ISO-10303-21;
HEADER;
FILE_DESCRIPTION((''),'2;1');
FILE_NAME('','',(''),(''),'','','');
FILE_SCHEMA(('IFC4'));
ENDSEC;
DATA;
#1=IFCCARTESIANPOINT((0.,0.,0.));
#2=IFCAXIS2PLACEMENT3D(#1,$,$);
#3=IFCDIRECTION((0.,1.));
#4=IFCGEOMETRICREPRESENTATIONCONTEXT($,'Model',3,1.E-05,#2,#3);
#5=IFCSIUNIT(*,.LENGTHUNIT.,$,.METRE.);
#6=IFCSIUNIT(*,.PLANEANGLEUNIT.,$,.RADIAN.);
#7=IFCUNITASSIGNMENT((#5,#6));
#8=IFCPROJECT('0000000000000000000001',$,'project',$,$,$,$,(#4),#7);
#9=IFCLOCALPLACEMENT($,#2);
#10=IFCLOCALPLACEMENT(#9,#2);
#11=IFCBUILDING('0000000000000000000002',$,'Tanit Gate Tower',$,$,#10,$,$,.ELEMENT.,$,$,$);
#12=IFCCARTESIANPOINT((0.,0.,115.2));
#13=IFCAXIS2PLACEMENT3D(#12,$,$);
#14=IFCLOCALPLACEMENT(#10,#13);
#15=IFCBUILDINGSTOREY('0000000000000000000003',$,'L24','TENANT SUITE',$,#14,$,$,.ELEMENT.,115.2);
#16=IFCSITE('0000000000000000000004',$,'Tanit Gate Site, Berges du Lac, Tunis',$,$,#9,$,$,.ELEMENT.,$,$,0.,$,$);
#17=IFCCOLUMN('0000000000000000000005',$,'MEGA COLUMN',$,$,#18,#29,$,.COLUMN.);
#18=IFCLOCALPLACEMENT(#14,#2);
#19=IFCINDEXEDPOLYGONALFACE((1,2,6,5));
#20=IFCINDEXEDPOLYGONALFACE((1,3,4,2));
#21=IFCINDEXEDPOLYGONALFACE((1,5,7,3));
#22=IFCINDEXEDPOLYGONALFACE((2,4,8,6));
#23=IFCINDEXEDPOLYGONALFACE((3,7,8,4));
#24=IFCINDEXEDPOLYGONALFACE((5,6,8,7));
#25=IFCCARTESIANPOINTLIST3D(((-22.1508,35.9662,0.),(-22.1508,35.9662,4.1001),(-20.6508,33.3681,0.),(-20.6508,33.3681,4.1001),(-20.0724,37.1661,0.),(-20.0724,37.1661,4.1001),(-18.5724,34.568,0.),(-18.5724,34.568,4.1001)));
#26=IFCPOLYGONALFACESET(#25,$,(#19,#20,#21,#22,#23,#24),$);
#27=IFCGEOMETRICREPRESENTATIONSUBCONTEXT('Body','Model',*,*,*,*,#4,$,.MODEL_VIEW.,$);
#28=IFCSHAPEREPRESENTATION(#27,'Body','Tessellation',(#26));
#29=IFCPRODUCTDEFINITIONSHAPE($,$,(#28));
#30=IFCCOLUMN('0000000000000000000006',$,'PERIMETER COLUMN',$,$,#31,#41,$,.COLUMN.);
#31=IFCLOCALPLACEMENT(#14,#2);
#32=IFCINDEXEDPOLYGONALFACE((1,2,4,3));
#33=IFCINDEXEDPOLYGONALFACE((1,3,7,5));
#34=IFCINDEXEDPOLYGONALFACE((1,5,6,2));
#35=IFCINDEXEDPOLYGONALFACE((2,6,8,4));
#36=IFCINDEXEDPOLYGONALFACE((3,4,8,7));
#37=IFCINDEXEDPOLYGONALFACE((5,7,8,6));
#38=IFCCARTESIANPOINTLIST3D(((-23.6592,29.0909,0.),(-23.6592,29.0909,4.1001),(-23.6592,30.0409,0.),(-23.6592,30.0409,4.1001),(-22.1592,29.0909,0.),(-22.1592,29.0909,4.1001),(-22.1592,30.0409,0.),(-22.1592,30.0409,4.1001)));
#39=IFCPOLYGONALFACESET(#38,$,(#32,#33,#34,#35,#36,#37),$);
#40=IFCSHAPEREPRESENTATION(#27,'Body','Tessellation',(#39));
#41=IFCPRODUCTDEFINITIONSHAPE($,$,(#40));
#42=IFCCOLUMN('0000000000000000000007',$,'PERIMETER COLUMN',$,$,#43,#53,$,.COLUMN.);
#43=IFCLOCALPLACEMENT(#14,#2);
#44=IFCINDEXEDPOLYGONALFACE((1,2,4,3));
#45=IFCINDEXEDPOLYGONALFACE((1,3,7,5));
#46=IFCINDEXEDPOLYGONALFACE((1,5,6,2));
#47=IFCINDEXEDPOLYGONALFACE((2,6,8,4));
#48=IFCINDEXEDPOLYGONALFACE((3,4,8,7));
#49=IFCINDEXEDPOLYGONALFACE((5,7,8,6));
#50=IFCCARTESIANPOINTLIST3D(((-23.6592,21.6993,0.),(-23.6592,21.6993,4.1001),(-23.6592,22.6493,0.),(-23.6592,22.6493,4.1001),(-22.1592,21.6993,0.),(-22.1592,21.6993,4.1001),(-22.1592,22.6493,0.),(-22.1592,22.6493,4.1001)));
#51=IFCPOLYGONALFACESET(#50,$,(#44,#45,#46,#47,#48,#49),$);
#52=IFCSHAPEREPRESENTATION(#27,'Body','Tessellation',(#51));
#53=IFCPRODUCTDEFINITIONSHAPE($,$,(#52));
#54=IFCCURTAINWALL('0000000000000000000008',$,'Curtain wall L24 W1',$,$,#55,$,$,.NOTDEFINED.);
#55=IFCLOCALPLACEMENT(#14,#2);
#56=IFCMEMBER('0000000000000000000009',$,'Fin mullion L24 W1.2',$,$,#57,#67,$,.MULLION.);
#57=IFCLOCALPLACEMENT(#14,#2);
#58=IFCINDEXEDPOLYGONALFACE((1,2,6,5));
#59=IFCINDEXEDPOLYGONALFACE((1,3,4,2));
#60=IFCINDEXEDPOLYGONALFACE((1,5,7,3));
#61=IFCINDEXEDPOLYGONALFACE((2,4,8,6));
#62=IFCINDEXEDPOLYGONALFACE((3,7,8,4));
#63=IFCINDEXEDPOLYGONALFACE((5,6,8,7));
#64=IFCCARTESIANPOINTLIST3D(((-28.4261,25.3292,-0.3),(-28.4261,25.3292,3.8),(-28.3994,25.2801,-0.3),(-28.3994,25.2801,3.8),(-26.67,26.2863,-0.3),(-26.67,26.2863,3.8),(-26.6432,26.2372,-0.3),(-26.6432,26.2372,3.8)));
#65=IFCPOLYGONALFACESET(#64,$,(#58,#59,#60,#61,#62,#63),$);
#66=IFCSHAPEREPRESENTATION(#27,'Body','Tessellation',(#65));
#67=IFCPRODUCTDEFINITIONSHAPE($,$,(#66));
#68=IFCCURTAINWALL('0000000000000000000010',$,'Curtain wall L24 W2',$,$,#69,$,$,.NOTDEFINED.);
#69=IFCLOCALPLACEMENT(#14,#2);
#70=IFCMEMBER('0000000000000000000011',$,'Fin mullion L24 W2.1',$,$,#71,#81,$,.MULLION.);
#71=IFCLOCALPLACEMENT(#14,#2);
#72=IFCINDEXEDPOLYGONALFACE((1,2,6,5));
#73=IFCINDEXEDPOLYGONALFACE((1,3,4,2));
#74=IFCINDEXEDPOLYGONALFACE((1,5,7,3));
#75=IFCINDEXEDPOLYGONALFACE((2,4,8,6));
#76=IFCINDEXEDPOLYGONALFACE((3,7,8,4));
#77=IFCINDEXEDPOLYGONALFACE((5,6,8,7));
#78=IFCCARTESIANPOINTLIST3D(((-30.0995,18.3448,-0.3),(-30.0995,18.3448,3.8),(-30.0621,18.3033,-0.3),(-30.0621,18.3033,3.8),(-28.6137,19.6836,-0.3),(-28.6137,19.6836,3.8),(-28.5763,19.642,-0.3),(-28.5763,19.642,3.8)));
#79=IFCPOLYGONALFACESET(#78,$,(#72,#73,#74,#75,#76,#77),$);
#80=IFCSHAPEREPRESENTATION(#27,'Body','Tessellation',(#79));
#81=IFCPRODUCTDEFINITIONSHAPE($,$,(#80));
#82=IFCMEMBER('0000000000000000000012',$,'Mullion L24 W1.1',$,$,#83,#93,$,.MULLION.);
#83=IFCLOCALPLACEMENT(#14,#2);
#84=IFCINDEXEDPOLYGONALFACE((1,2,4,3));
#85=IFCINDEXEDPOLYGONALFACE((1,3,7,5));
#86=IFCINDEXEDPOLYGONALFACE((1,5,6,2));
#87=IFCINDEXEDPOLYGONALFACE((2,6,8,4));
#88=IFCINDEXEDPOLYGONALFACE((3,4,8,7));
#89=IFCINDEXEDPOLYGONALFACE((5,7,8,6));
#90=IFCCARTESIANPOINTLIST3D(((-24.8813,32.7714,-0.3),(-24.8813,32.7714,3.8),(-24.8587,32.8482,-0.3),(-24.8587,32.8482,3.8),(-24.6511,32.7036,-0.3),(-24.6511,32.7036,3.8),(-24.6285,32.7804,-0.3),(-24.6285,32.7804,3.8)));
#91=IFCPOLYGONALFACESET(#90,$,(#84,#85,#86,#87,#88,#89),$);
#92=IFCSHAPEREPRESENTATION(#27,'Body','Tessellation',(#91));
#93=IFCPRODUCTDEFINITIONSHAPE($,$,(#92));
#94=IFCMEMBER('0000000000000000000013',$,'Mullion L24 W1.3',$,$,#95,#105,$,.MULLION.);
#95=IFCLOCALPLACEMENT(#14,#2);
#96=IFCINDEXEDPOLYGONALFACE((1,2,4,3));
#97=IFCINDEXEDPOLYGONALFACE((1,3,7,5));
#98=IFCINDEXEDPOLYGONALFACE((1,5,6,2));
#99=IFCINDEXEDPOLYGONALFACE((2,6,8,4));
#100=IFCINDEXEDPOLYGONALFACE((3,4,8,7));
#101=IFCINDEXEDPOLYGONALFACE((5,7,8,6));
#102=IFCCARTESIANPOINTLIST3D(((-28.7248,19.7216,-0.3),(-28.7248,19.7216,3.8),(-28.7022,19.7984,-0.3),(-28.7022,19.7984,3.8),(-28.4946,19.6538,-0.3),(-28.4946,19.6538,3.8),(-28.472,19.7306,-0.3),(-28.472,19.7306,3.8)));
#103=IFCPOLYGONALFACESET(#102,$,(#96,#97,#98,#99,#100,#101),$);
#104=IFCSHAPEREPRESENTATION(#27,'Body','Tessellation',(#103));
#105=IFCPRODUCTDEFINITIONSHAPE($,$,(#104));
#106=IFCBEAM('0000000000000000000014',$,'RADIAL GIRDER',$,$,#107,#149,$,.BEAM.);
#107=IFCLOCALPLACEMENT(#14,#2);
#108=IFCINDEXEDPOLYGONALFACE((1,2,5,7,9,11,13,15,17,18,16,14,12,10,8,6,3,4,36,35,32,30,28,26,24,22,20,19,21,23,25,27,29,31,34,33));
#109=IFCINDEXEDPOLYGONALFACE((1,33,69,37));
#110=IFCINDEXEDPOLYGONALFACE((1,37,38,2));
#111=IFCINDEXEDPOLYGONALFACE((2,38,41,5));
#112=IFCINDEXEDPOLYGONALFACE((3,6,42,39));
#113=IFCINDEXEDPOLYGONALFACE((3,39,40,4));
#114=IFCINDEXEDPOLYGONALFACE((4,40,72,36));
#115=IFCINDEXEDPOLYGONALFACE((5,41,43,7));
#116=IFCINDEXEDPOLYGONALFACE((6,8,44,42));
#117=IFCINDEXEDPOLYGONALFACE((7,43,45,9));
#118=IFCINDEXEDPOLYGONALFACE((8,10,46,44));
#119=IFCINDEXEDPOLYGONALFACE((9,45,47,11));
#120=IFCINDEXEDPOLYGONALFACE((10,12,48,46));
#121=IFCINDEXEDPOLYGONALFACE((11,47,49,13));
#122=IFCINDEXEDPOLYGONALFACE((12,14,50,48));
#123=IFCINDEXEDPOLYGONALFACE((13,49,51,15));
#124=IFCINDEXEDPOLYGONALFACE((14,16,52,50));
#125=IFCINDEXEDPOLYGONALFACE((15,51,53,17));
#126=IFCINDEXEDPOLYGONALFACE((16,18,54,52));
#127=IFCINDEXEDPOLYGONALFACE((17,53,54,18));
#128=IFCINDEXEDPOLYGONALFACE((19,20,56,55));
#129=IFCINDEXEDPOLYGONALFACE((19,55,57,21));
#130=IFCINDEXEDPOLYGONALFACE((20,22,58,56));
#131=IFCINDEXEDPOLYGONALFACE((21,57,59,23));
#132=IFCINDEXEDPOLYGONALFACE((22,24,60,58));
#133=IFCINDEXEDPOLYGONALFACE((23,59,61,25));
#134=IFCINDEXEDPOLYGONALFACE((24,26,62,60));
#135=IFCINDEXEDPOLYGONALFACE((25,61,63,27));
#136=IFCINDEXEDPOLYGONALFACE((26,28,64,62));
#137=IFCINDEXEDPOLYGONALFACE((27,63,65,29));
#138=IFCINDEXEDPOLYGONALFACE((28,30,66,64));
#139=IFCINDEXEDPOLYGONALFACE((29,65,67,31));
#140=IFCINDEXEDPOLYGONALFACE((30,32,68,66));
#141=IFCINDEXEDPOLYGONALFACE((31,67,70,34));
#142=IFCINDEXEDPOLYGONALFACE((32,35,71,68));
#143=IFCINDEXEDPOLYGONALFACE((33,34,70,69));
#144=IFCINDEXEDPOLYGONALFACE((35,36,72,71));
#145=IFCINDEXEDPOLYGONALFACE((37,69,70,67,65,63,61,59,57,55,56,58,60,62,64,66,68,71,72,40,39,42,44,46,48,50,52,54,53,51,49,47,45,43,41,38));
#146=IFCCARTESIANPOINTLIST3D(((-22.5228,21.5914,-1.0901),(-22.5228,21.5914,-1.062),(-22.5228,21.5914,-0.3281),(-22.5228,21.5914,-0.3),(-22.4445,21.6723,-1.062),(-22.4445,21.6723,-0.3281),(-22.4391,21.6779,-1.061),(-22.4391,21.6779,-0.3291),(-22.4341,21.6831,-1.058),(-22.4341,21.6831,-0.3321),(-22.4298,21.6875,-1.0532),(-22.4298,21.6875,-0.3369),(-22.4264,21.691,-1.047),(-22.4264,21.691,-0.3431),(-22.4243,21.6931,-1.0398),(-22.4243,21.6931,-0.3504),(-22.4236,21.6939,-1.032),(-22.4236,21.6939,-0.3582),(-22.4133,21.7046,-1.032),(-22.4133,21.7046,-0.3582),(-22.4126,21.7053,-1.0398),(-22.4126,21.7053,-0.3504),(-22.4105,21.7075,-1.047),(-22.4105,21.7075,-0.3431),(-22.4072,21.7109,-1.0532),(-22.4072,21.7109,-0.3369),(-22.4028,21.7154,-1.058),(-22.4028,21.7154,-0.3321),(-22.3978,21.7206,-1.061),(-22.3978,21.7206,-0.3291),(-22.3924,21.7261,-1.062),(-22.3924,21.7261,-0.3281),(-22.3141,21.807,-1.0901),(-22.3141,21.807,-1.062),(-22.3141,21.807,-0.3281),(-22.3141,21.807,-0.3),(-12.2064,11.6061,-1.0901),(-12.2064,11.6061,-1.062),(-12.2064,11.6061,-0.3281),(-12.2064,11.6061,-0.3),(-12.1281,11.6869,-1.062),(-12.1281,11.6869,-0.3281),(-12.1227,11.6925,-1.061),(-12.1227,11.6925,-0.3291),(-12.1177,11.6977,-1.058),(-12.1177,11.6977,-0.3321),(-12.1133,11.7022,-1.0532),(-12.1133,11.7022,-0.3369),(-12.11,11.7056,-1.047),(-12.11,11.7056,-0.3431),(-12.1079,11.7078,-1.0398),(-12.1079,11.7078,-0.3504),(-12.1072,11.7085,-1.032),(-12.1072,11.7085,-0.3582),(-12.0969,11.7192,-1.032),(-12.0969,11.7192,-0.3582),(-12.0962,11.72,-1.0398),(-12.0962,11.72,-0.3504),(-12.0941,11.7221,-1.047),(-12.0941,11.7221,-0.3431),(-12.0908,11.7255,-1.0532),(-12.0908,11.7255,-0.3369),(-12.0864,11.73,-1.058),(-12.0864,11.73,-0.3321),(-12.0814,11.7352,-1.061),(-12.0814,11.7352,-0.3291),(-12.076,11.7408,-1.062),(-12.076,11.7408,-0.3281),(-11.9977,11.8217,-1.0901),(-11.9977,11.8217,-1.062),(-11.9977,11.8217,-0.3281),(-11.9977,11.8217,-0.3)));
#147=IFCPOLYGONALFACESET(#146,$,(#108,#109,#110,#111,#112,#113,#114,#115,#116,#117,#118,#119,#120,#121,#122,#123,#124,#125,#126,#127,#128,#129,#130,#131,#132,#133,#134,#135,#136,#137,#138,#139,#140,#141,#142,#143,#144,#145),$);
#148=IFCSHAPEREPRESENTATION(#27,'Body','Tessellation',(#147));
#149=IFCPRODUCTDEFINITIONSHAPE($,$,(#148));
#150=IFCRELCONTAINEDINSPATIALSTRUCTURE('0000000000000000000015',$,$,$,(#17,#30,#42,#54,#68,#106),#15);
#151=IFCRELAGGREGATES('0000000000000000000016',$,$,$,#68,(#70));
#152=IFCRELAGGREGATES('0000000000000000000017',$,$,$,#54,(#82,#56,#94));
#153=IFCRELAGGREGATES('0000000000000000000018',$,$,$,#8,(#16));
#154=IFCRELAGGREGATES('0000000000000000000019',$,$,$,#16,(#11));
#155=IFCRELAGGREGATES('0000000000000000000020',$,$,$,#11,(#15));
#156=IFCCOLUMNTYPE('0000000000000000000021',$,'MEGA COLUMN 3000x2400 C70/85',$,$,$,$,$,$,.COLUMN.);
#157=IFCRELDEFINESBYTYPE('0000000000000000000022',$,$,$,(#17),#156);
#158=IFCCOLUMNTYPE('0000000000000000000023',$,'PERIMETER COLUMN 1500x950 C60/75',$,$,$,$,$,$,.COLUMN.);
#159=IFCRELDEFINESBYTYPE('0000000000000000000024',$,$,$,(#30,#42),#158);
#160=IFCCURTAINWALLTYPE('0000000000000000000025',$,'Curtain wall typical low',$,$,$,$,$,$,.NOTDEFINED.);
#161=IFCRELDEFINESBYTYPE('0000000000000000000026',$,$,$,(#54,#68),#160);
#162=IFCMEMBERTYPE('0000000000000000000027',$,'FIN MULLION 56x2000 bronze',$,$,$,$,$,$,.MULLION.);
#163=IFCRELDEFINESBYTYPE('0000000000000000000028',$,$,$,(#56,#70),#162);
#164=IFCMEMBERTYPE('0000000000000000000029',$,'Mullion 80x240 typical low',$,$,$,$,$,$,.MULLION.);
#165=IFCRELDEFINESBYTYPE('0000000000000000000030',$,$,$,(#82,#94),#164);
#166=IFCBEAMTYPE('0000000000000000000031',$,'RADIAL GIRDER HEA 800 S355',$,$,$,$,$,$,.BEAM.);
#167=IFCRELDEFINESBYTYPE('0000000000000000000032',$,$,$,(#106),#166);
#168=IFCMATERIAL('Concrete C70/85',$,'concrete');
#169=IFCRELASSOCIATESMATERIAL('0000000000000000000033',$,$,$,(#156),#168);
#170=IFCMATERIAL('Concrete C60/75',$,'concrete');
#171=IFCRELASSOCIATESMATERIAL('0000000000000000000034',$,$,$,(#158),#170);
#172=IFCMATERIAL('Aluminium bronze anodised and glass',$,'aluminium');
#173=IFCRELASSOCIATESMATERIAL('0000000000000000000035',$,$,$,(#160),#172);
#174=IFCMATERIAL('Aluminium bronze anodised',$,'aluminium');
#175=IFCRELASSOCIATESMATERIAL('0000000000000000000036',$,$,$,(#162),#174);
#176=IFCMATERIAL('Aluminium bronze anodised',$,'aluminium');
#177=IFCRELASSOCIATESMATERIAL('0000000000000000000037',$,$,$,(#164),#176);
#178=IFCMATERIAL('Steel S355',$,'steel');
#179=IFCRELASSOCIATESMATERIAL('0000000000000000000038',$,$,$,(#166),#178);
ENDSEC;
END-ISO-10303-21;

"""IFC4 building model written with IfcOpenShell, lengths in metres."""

from ifc_helpers import new_model, si_unit, direction, frame, origin, origin_2d, place, context, subcontext, project, spatial, rectangle, i_section, extrude, material, material_profile, profile_set, type_object, element, aggregate, save


model = new_model("IFC4")

# Units and contexts
model_context = context("Model", 3, precision=1e-05, world=origin(), true_north=direction((0.0, 1.0)))
body_context = subcontext(model_context, "Body", "Model", "MODEL_VIEW")
ifc_project = project(units=[si_unit("LENGTHUNIT", "METRE"), si_unit("PLANEANGLEUNIT", "RADIAN")], contexts=[model_context])

# Site, building, storey
site_placement = place(None, origin())
site = spatial("IfcSite", under=ifc_project, at=site_placement, Name="Tanit Gate Site, Berges du Lac, Tunis", CompositionType="ELEMENT", RefElevation=0.0)
building_placement = place(site_placement, origin())
building = spatial("IfcBuilding", under=site, at=building_placement, Name="Tanit Gate Tower", CompositionType="ELEMENT")
storey_placement = place(building_placement, frame((0.0, 0.0, 115.2)))
storey = spatial("IfcBuildingStorey", under=building, at=storey_placement, Name="L24", Description="TENANT SUITE", CompositionType="ELEMENT", Elevation=115.2)

# Columns
ifc_material_1 = material(Name="Concrete C70/85", Category="concrete")
ifc_material_profile_1 = material_profile(ifc_material_1, rectangle(XDim=3.0, YDim=2.3999, at=origin_2d()), Name="RC 3000x2400")
ifc_profile_set_1 = profile_set([ifc_material_profile_1], Name="Concrete C70/85")
column_type_1 = type_object("IfcColumnType", Name="MEGA COLUMN 3000x2400 C70/85", PredefinedType="COLUMN", material=ifc_profile_set_1)
column_placement = place(storey_placement, frame((-20.3616, 35.2671, 0.0), z_axis=(0.0, 0.0, 1.0), x_axis=(-0.5, 0.866025, 0.0)))
element("IfcColumn", 1, at=column_placement, inside=storey, type_object=column_type_1, Name="MEGA COLUMN", PredefinedType="COLUMN", context=body_context, shape_type="SweptSolid", body=[
    extrude(rectangle(XDim=3.0, YDim=2.3999, at=origin_2d()), origin(), (0.0, 0.0, 1.0), 4.1001),
])
ifc_material_2 = material(Name="Concrete C60/75", Category="concrete")
ifc_material_profile_2 = material_profile(ifc_material_2, rectangle(XDim=1.5, YDim=0.95, at=origin_2d()), Name="RC 1500x950")
ifc_profile_set_2 = profile_set([ifc_material_profile_2], Name="Concrete C60/75")
column_type_2 = type_object("IfcColumnType", Name="PERIMETER COLUMN 1500x950 C60/75", PredefinedType="COLUMN", material=ifc_profile_set_2)
for number, where, z_axis, x_axis, name in (
    (2, (-22.9092, 29.5659, 0.0), (0.0, 0.0, 1.0), (-1.0, 0.0, 0.0), "PERIMETER COLUMN"),
    (3, (-22.9092, 22.1743, 0.0), (0.0, 0.0, 1.0), (-1.0, 0.0, 0.0), "PERIMETER COLUMN"),
):
    element("IfcColumn", number, at=place(storey_placement, frame(where, z_axis=z_axis, x_axis=x_axis)), inside=storey, type_object=column_type_2, Name=name, PredefinedType="COLUMN", context=body_context, shape_type="SweptSolid", body=[
        extrude(rectangle(XDim=1.5, YDim=0.95, at=origin_2d()), origin(), (0.0, 0.0, 1.0), 4.1001),
    ])

# Curtain walls, members
ifc_material_3 = material(Name="Aluminium bronze anodised and glass", Category="aluminium")
curtain_wall_type = type_object("IfcCurtainWallType", Name="Curtain wall typical low", PredefinedType="NOTDEFINED", material=ifc_material_3)
curtain_wall_1_placement = place(storey_placement, origin())
curtain_wall_1 = element("IfcCurtainWall", 4, at=curtain_wall_1_placement, inside=storey, type_object=curtain_wall_type, Name="Curtain wall L24 W1", PredefinedType="NOTDEFINED")
ifc_material_4 = material(Name="Aluminium bronze anodised", Category="aluminium")
ifc_material_profile_3 = material_profile(ifc_material_4, rectangle(XDim=2.0, YDim=0.0559, at=origin_2d()), Name="56x2000 bronze fin mullion")
ifc_profile_set_3 = profile_set([ifc_material_profile_3], Name="Aluminium bronze anodised")
member_type_1 = type_object("IfcMemberType", Name="FIN MULLION 56x2000 bronze", PredefinedType="MULLION", material=ifc_profile_set_3)
member_1_placement = place(storey_placement, frame((-27.5347, 25.7832, -0.3), z_axis=(0.0, 0.0, 1.0), x_axis=(0.878074, 0.478524, 0.0)))
member_1 = element("IfcMember", 5, at=member_1_placement, type_object=member_type_1, Name="Fin mullion L24 W1.2", PredefinedType="MULLION", context=body_context, shape_type="SweptSolid", body=[
    extrude(rectangle(XDim=2.0, YDim=0.0559, at=origin_2d()), origin(), (0.0, 0.0, 1.0), 4.1001),
])
curtain_wall_2_placement = place(storey_placement, origin())
curtain_wall_2 = element("IfcCurtainWall", 6, at=curtain_wall_2_placement, inside=storey, type_object=curtain_wall_type, Name="Curtain wall L24 W2", PredefinedType="NOTDEFINED")
member_2_placement = place(storey_placement, frame((-29.3379, 18.9934, -0.3), z_axis=(0.0, 0.0, 1.0), x_axis=(0.742922, 0.669378, 0.0)))
member_2 = element("IfcMember", 7, at=member_2_placement, type_object=member_type_1, Name="Fin mullion L24 W2.1", PredefinedType="MULLION", context=body_context, shape_type="SweptSolid", body=[
    extrude(rectangle(XDim=2.0, YDim=0.0559, at=origin_2d()), origin(), (0.0, 0.0, 1.0), 4.1001),
])

# Members
ifc_material_5 = material(Name="Aluminium bronze anodised", Category="aluminium")
ifc_material_profile_4 = material_profile(ifc_material_5, rectangle(XDim=0.24, YDim=0.0801, at=origin_2d()), Name="80x240 bronze mullion")
ifc_profile_set_4 = profile_set([ifc_material_profile_4], Name="Aluminium bronze anodised")
member_type_2 = type_object("IfcMemberType", Name="Mullion 80x240 typical low", PredefinedType="MULLION", material=ifc_profile_set_4)
member_3_placement = place(storey_placement, frame((-24.7549, 32.7759, -0.3), z_axis=(0.0, 0.0, 1.0), x_axis=(0.95926, -0.282525, 0.0)))
member_3 = element("IfcMember", 8, at=member_3_placement, type_object=member_type_2, Name="Mullion L24 W1.1", PredefinedType="MULLION", context=body_context, shape_type="SweptSolid", body=[
    extrude(rectangle(XDim=0.24, YDim=0.0801, at=origin_2d()), origin(), (0.0, 0.0, 1.0), 4.1001),
])
member_4_placement = place(storey_placement, frame((-28.5984, 19.7261, -0.3), z_axis=(0.0, 0.0, 1.0), x_axis=(0.95926, -0.282525, 0.0)))
member_4 = element("IfcMember", 9, at=member_4_placement, type_object=member_type_2, Name="Mullion L24 W1.3", PredefinedType="MULLION", context=body_context, shape_type="SweptSolid", body=[
    extrude(rectangle(XDim=0.24, YDim=0.0801, at=origin_2d()), origin(), (0.0, 0.0, 1.0), 4.1001),
])

# Beam
ifc_material_6 = material(Name="Steel S355", Category="steel")
ifc_material_profile_5 = material_profile(ifc_material_6, i_section(OverallWidth=0.3, OverallDepth=0.79, WebThickness=0.0149, FlangeThickness=0.0281, FilletRadius=0.03, at=origin_2d()), Name="HEA 800")
ifc_profile_set_5 = profile_set([ifc_material_profile_5], Name="Steel S355")
beam_type_1 = type_object("IfcBeamType", Name="RADIAL GIRDER HEA 800 S355", PredefinedType="BEAM", material=ifc_profile_set_5)
beam_1_placement = place(storey_placement, frame((-22.4185, 21.6992, -0.6951), z_axis=(0.718542, -0.695484, 0.0), x_axis=(0.695484, 0.718542, 0.0)))
element("IfcBeam", 10, at=beam_1_placement, inside=storey, type_object=beam_type_1, Name="RADIAL GIRDER", PredefinedType="BEAM", context=body_context, shape_type="SweptSolid", body=[
    extrude(i_section(OverallWidth=0.3, OverallDepth=0.79, WebThickness=0.0149, FlangeThickness=0.0281, FilletRadius=0.03, at=origin_2d()), origin(), (0.0, 0.0, 1.0), 14.3574),
])

aggregate(curtain_wall_2, [member_2])

aggregate(curtain_wall_1, [member_3, member_1, member_4])

save(model, "model.ifc")
